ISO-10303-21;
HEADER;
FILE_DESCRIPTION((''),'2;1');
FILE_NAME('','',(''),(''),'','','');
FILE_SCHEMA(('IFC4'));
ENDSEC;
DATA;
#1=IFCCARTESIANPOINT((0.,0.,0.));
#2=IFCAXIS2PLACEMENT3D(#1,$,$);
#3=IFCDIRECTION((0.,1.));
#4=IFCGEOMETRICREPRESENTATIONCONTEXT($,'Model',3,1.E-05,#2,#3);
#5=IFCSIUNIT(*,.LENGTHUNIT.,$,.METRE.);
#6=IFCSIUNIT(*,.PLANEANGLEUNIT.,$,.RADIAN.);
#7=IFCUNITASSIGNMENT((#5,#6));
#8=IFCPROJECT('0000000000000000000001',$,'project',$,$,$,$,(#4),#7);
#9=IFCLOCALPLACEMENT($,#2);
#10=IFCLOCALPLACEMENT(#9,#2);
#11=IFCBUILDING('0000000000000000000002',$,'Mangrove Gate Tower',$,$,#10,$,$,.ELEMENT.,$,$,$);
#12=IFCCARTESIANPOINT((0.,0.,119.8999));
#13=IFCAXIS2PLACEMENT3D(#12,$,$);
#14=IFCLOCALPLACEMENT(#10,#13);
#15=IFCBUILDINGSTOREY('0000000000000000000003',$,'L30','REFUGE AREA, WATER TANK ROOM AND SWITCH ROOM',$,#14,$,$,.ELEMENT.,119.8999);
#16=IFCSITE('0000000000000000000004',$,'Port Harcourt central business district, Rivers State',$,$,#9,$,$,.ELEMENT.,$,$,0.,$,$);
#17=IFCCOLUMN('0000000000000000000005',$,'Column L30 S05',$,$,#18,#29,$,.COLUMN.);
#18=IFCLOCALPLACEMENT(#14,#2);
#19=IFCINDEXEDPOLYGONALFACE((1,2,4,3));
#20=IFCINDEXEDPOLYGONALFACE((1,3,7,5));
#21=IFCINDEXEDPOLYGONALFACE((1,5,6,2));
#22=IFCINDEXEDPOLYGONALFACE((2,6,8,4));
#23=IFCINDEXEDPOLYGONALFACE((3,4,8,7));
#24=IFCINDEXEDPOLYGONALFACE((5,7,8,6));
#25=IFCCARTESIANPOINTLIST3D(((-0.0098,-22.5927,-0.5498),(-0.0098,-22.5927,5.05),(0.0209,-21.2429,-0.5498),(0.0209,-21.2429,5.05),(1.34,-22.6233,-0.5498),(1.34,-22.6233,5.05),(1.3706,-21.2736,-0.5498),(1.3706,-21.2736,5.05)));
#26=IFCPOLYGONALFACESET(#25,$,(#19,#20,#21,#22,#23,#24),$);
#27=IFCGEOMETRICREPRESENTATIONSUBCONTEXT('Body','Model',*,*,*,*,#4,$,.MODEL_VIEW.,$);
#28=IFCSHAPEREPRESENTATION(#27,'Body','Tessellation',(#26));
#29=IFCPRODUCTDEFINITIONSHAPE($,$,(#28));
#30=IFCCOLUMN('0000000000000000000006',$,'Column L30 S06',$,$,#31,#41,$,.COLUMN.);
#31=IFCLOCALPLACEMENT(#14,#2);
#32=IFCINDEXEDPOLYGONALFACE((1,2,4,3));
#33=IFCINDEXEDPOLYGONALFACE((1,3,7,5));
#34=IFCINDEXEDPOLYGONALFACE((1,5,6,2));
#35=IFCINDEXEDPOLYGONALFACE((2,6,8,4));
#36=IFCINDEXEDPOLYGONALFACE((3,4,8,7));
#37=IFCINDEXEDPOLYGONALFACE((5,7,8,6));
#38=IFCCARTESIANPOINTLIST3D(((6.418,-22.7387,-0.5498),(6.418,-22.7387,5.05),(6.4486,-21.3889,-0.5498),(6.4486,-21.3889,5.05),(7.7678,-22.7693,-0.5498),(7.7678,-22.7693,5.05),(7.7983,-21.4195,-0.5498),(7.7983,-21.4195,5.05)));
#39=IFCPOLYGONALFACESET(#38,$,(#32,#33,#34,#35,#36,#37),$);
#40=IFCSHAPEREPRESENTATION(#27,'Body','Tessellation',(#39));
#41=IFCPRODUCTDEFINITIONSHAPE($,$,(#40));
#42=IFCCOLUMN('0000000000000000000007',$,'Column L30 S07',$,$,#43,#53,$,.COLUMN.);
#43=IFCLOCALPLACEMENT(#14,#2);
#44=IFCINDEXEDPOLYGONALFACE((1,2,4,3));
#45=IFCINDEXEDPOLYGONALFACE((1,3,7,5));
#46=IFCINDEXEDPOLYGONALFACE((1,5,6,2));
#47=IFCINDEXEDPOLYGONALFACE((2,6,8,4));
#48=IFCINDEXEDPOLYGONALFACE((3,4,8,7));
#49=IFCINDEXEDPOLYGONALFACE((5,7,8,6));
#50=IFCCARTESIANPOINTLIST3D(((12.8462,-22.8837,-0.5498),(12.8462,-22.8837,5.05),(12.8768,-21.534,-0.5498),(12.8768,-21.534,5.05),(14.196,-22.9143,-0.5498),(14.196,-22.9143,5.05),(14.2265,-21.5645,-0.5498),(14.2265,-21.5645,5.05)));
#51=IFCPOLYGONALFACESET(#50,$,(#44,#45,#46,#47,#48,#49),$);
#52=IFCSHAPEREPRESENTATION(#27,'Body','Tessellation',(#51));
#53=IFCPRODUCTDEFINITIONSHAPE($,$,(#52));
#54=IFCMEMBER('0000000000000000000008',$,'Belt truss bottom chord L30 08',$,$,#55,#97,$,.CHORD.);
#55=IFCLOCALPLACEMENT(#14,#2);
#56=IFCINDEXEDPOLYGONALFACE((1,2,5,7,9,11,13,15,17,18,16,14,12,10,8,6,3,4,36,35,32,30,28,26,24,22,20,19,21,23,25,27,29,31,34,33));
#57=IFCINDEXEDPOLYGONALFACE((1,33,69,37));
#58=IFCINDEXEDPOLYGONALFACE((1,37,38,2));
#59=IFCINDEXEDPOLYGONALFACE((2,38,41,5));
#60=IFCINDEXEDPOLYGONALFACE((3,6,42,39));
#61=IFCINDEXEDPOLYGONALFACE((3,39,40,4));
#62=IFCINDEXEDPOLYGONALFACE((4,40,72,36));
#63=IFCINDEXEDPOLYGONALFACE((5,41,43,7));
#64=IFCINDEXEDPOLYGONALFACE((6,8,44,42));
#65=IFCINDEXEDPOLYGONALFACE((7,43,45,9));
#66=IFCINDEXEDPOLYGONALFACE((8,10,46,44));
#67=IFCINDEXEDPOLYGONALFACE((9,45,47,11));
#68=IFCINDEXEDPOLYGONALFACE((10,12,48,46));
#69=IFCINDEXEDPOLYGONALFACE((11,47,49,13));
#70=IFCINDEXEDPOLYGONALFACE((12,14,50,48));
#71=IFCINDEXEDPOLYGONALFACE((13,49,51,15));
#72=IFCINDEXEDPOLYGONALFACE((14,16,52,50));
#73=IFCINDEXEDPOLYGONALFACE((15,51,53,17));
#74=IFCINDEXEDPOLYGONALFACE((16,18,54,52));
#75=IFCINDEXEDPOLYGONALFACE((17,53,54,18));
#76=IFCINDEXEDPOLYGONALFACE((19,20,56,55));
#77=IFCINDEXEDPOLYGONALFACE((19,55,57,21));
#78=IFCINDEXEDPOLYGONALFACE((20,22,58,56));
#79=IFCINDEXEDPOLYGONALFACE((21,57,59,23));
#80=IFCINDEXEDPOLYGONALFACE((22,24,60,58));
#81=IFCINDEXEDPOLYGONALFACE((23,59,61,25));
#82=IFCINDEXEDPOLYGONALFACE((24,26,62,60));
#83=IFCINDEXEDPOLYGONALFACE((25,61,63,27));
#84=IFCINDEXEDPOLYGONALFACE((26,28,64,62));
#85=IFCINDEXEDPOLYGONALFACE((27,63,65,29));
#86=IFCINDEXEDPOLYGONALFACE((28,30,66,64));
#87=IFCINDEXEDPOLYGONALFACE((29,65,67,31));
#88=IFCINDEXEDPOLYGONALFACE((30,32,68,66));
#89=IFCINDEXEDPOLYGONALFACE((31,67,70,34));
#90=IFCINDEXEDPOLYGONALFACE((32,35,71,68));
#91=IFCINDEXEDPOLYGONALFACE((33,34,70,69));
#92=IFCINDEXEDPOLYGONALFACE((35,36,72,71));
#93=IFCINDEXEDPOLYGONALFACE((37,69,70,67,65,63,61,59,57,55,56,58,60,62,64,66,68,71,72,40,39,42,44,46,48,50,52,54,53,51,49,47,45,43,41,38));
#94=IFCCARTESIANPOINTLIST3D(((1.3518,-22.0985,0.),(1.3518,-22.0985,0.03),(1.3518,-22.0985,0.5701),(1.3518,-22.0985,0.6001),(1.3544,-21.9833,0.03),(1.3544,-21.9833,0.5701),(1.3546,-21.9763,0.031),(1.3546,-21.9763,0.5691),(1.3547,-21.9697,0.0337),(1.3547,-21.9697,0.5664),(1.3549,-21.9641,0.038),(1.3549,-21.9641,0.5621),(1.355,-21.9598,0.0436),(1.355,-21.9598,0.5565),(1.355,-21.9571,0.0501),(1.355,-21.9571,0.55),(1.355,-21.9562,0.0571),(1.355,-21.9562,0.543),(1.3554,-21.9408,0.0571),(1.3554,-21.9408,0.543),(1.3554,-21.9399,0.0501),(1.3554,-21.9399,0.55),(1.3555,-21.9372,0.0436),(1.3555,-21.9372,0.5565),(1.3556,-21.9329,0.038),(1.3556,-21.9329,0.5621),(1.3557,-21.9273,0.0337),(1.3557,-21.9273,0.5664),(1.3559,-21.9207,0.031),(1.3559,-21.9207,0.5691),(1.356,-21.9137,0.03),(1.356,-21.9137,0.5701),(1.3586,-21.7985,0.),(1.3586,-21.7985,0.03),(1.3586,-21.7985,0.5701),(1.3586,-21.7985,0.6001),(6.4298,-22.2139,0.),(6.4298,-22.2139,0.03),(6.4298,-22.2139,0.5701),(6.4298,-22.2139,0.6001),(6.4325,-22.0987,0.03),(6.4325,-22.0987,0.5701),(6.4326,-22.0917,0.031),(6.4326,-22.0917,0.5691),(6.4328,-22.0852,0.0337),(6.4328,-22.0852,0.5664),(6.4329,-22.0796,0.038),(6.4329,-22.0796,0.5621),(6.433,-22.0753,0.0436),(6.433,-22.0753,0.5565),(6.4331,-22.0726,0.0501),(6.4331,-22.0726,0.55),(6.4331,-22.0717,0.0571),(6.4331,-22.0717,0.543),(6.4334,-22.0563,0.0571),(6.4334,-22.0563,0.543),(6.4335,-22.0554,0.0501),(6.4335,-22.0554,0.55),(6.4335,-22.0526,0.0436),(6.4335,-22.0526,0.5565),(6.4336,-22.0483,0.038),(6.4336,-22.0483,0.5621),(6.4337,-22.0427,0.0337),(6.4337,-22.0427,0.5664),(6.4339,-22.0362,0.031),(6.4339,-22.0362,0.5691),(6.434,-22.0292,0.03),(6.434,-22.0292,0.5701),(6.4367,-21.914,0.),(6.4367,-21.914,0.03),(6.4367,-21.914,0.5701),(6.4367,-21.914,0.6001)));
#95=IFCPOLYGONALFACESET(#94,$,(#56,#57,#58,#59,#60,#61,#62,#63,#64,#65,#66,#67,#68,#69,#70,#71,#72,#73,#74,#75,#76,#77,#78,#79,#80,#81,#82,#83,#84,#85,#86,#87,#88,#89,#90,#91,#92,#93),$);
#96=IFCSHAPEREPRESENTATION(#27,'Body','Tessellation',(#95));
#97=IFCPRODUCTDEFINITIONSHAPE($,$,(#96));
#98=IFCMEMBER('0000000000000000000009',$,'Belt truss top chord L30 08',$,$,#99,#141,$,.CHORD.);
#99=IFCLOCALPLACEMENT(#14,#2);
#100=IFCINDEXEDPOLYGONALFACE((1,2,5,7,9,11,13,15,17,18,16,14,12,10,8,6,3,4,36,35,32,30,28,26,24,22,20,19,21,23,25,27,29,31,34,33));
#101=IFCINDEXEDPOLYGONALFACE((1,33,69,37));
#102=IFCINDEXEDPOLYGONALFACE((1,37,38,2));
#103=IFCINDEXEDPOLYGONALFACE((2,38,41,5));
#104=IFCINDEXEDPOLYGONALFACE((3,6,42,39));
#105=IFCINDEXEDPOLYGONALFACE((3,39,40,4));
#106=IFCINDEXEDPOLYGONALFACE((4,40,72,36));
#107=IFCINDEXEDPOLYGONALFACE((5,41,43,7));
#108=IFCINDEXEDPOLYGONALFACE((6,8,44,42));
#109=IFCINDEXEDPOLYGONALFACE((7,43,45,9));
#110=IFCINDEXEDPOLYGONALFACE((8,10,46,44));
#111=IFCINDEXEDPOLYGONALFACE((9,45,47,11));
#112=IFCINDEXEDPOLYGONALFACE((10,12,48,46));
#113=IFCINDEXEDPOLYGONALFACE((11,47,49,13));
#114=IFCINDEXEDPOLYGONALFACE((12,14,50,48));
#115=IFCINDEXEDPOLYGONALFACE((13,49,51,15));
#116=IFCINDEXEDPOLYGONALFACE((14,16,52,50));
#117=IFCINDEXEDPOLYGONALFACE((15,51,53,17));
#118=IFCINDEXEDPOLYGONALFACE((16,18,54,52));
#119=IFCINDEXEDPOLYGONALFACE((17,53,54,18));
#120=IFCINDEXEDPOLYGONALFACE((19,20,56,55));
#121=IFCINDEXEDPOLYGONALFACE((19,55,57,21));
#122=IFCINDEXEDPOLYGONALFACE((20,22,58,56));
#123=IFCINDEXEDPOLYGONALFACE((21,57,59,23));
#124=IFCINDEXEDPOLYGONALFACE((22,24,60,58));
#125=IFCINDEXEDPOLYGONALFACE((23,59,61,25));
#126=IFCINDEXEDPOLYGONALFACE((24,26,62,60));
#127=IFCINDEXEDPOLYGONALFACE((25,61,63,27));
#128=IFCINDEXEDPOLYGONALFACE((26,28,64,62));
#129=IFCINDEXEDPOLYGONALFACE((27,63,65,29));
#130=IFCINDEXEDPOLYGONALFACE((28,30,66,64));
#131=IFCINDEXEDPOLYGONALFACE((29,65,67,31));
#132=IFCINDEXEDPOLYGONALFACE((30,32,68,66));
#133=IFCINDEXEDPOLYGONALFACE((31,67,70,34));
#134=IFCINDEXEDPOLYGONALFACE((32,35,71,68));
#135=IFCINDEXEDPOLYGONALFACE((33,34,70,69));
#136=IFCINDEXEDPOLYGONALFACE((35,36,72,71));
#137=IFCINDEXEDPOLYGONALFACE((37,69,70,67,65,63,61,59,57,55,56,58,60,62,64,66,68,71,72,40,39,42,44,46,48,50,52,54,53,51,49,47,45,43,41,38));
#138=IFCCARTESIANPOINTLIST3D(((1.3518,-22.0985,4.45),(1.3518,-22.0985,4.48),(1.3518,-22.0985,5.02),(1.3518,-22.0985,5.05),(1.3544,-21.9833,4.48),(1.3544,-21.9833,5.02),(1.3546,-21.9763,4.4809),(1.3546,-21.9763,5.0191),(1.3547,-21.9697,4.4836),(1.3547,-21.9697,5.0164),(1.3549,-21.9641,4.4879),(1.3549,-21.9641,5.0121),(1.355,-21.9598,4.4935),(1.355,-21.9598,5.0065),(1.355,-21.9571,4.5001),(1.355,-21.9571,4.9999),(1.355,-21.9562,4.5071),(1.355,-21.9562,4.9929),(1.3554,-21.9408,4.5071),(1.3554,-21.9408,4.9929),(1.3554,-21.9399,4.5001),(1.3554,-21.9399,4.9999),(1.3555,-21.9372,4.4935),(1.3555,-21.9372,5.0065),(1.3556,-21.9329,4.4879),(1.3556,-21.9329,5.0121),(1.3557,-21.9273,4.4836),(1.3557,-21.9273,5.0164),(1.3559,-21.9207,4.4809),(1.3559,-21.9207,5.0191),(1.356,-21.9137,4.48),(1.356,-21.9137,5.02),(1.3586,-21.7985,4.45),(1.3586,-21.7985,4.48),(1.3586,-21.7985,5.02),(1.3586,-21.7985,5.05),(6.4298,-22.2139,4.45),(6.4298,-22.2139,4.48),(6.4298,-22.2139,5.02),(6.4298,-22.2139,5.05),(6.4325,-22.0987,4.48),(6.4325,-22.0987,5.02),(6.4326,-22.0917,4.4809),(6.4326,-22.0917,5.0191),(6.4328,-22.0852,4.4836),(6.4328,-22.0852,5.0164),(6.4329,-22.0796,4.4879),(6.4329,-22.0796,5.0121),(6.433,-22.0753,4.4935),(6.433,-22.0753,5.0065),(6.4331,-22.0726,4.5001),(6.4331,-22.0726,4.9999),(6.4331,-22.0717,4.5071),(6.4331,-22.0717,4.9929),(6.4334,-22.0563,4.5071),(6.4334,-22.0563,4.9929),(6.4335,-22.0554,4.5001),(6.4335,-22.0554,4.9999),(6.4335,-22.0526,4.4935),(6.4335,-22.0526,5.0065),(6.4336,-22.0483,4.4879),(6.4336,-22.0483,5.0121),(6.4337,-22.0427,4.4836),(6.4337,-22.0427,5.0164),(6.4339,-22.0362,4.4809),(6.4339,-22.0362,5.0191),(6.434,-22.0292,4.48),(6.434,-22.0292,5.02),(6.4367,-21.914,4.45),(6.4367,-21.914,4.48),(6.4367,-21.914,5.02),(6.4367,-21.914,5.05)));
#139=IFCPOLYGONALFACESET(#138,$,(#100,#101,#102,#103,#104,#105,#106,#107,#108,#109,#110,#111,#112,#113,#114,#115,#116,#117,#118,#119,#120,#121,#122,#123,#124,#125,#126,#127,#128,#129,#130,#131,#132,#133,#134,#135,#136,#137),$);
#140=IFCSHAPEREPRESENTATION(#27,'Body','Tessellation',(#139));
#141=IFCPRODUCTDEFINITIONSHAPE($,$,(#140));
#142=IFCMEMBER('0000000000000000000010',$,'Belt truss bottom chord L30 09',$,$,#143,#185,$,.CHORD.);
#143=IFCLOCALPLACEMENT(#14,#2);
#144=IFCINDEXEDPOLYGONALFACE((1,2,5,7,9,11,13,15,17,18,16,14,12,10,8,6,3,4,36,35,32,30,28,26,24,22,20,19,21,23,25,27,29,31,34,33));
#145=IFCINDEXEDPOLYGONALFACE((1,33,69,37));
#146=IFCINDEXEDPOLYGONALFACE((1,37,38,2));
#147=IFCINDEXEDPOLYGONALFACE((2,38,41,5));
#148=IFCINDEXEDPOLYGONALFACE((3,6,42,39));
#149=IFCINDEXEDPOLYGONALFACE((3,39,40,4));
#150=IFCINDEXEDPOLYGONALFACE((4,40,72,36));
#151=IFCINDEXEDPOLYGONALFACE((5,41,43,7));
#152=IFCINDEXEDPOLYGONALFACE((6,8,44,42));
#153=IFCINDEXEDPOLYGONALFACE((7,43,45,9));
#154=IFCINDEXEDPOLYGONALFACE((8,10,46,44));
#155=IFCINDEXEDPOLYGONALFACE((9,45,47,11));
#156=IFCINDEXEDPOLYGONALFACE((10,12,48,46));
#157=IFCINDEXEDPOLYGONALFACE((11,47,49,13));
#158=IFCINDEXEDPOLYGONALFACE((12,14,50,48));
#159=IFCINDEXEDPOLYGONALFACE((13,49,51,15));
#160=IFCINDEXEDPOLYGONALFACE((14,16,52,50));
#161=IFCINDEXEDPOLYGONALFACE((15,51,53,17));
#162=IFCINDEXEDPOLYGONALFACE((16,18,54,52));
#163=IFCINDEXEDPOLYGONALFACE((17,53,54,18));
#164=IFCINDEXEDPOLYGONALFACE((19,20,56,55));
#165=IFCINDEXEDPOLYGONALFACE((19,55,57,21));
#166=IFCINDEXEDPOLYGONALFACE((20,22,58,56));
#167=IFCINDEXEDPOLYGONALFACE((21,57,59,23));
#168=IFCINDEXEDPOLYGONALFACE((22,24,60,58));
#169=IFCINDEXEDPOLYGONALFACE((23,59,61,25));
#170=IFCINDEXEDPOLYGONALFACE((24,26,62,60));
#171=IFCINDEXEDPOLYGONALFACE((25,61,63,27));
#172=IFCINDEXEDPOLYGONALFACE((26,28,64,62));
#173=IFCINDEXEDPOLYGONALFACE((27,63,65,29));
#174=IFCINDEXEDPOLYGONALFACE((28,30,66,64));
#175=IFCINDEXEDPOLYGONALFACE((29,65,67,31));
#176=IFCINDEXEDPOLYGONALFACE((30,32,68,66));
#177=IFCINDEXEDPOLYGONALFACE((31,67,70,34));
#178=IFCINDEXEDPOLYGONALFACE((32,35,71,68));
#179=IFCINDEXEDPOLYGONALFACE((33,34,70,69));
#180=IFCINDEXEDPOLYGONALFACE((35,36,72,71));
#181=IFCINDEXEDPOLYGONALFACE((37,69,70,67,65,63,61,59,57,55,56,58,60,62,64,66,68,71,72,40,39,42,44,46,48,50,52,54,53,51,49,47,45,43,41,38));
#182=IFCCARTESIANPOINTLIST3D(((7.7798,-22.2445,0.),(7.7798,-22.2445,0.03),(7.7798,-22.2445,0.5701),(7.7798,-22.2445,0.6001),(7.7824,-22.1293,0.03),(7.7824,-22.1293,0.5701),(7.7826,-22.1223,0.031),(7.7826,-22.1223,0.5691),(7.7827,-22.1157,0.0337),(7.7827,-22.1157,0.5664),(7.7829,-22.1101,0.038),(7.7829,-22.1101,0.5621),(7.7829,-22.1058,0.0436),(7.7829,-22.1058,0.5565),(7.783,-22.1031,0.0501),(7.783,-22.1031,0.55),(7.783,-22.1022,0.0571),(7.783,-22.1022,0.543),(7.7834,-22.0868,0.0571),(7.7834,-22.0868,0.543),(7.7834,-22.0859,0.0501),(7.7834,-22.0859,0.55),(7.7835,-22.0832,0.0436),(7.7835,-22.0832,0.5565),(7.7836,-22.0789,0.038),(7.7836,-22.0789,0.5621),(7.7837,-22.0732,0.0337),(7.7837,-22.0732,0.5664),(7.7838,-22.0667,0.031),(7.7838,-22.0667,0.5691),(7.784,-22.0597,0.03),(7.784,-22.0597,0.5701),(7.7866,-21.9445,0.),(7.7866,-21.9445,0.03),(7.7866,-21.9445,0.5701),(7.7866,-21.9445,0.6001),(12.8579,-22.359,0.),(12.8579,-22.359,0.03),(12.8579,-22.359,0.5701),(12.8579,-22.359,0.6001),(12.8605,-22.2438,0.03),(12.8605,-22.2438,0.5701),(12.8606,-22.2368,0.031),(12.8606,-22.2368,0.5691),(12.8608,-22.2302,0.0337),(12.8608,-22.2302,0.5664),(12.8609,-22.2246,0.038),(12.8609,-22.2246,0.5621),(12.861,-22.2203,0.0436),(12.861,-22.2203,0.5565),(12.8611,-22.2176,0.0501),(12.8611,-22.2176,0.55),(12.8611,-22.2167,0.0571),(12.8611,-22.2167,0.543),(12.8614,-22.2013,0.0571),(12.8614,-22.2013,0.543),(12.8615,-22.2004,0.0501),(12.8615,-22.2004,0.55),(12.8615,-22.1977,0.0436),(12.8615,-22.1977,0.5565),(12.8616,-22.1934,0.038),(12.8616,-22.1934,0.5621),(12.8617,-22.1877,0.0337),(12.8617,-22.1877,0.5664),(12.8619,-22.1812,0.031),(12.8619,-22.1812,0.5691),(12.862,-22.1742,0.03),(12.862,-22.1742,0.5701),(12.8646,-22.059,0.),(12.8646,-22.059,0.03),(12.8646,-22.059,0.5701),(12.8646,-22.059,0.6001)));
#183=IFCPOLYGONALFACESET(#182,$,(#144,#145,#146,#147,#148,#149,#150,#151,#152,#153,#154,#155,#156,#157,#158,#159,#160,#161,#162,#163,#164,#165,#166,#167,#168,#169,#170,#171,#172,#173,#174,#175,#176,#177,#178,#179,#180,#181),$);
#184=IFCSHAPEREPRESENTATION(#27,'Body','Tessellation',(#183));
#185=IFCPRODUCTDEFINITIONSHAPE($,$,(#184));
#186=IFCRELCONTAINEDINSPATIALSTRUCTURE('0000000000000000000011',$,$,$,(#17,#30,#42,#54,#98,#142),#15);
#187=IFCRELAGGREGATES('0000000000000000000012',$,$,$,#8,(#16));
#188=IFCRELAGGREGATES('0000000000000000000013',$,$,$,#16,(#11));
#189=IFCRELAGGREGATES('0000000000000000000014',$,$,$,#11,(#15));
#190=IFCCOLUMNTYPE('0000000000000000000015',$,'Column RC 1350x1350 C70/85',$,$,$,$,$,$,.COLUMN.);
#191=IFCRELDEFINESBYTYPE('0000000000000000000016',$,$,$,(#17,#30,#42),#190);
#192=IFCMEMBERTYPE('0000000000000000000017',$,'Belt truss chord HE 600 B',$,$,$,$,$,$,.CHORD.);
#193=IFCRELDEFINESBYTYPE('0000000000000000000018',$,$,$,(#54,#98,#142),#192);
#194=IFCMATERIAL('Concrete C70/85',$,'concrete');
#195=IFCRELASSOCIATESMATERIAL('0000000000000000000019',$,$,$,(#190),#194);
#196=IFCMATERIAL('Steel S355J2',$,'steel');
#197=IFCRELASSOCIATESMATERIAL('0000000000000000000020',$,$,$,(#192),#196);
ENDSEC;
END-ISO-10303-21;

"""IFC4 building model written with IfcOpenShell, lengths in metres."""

from ifc_helpers import new_model, si_unit, direction, frame, origin, origin_2d, place, context, subcontext, project, spatial, rectangle, i_section, extrude, material, material_profile, profile_set, type_object, element, save


model = new_model("IFC4")

# Units and contexts
model_context = context("Model", 3, precision=1e-05, world=origin(), true_north=direction((0.0, 1.0)))
body_context = subcontext(model_context, "Body", "Model", "MODEL_VIEW")
ifc_project = project(units=[si_unit("LENGTHUNIT", "METRE"), si_unit("PLANEANGLEUNIT", "RADIAN")], contexts=[model_context])

# Site, building, storey
site_placement = place(None, origin())
site = spatial("IfcSite", under=ifc_project, at=site_placement, Name="Port Harcourt central business district, Rivers State", CompositionType="ELEMENT", RefElevation=0.0)
building_placement = place(site_placement, origin())
building = spatial("IfcBuilding", under=site, at=building_placement, Name="Mangrove Gate Tower", CompositionType="ELEMENT")
storey_placement = place(building_placement, frame((0.0, 0.0, 119.8999)))
storey = spatial("IfcBuildingStorey", under=building, at=storey_placement, Name="L30", Description="REFUGE AREA, WATER TANK ROOM AND SWITCH ROOM", CompositionType="ELEMENT", Elevation=119.8999)

# Columns
ifc_material_1 = material(Name="Concrete C70/85", Category="concrete")
ifc_material_profile_1 = material_profile(ifc_material_1, rectangle(XDim=1.3501, YDim=1.3501, at=origin_2d()))
ifc_profile_set_1 = profile_set([ifc_material_profile_1], Name="Concrete C70/85")
column_type = type_object("IfcColumnType", Name="Column RC 1350x1350 C70/85", PredefinedType="COLUMN", material=ifc_profile_set_1)
for number, where, z_axis, x_axis, name in (
    (1, (0.6804, -21.9331, -0.5498), (0.0, 0.0, 1.0), (0.999742, -0.022707, 0.0), "Column L30 S05"),
    (2, (7.1082, -22.0791, -0.5498), (0.0, 0.0, 1.0), (0.999744, -0.02263, 0.0), "Column L30 S06"),
    (3, (13.5364, -22.2241, -0.5498), (0.0, 0.0, 1.0), (0.999744, -0.02263, 0.0), "Column L30 S07"),
):
    element("IfcColumn", number, at=place(storey_placement, frame(where, z_axis=z_axis, x_axis=x_axis)), inside=storey, type_object=column_type, Name=name, PredefinedType="COLUMN", context=body_context, shape_type="SweptSolid", body=[
        extrude(rectangle(XDim=1.3501, YDim=1.3501, at=origin_2d()), origin(), (0.0, 0.0, 1.0), 5.5999),
    ])

# Members
ifc_material_2 = material(Name="Steel S355J2", Category="steel")
ifc_material_profile_2 = material_profile(ifc_material_2, i_section(OverallWidth=0.3, OverallDepth=0.6001, WebThickness=0.0154, FlangeThickness=0.03, FilletRadius=0.0271, at=origin_2d()))
ifc_profile_set_2 = profile_set([ifc_material_profile_2], Name="Steel S355J2")
member_type_1 = type_object("IfcMemberType", Name="Belt truss chord HE 600 B", PredefinedType="CHORD", material=ifc_profile_set_2)
for number, where, z_axis, x_axis, name in (
    (4, (1.3552, -21.9485, 0.3), (0.999742, -0.022735, 0.0), (0.022735, 0.999742, 0.0), "Belt truss bottom chord L30 08"),
    (5, (1.3552, -21.9485, 4.75), (0.999742, -0.022735, 0.0), (0.022735, 0.999742, 0.0), "Belt truss top chord L30 08"),
    (6, (7.7832, -22.0945, 0.3), (0.999746, -0.022542, 0.0), (0.022542, 0.999746, 0.0), "Belt truss bottom chord L30 09"),
):
    element("IfcMember", number, at=place(storey_placement, frame(where, z_axis=z_axis, x_axis=x_axis)), inside=storey, type_object=member_type_1, Name=name, PredefinedType="CHORD", context=body_context, shape_type="SweptSolid", body=[
        extrude(i_section(OverallWidth=0.3, OverallDepth=0.6001, WebThickness=0.0154, FlangeThickness=0.03, FilletRadius=0.0271, at=origin_2d()), origin(), (0.0, 0.0, 1.0), 5.0793),
    ])

save(model, "model.ifc")
